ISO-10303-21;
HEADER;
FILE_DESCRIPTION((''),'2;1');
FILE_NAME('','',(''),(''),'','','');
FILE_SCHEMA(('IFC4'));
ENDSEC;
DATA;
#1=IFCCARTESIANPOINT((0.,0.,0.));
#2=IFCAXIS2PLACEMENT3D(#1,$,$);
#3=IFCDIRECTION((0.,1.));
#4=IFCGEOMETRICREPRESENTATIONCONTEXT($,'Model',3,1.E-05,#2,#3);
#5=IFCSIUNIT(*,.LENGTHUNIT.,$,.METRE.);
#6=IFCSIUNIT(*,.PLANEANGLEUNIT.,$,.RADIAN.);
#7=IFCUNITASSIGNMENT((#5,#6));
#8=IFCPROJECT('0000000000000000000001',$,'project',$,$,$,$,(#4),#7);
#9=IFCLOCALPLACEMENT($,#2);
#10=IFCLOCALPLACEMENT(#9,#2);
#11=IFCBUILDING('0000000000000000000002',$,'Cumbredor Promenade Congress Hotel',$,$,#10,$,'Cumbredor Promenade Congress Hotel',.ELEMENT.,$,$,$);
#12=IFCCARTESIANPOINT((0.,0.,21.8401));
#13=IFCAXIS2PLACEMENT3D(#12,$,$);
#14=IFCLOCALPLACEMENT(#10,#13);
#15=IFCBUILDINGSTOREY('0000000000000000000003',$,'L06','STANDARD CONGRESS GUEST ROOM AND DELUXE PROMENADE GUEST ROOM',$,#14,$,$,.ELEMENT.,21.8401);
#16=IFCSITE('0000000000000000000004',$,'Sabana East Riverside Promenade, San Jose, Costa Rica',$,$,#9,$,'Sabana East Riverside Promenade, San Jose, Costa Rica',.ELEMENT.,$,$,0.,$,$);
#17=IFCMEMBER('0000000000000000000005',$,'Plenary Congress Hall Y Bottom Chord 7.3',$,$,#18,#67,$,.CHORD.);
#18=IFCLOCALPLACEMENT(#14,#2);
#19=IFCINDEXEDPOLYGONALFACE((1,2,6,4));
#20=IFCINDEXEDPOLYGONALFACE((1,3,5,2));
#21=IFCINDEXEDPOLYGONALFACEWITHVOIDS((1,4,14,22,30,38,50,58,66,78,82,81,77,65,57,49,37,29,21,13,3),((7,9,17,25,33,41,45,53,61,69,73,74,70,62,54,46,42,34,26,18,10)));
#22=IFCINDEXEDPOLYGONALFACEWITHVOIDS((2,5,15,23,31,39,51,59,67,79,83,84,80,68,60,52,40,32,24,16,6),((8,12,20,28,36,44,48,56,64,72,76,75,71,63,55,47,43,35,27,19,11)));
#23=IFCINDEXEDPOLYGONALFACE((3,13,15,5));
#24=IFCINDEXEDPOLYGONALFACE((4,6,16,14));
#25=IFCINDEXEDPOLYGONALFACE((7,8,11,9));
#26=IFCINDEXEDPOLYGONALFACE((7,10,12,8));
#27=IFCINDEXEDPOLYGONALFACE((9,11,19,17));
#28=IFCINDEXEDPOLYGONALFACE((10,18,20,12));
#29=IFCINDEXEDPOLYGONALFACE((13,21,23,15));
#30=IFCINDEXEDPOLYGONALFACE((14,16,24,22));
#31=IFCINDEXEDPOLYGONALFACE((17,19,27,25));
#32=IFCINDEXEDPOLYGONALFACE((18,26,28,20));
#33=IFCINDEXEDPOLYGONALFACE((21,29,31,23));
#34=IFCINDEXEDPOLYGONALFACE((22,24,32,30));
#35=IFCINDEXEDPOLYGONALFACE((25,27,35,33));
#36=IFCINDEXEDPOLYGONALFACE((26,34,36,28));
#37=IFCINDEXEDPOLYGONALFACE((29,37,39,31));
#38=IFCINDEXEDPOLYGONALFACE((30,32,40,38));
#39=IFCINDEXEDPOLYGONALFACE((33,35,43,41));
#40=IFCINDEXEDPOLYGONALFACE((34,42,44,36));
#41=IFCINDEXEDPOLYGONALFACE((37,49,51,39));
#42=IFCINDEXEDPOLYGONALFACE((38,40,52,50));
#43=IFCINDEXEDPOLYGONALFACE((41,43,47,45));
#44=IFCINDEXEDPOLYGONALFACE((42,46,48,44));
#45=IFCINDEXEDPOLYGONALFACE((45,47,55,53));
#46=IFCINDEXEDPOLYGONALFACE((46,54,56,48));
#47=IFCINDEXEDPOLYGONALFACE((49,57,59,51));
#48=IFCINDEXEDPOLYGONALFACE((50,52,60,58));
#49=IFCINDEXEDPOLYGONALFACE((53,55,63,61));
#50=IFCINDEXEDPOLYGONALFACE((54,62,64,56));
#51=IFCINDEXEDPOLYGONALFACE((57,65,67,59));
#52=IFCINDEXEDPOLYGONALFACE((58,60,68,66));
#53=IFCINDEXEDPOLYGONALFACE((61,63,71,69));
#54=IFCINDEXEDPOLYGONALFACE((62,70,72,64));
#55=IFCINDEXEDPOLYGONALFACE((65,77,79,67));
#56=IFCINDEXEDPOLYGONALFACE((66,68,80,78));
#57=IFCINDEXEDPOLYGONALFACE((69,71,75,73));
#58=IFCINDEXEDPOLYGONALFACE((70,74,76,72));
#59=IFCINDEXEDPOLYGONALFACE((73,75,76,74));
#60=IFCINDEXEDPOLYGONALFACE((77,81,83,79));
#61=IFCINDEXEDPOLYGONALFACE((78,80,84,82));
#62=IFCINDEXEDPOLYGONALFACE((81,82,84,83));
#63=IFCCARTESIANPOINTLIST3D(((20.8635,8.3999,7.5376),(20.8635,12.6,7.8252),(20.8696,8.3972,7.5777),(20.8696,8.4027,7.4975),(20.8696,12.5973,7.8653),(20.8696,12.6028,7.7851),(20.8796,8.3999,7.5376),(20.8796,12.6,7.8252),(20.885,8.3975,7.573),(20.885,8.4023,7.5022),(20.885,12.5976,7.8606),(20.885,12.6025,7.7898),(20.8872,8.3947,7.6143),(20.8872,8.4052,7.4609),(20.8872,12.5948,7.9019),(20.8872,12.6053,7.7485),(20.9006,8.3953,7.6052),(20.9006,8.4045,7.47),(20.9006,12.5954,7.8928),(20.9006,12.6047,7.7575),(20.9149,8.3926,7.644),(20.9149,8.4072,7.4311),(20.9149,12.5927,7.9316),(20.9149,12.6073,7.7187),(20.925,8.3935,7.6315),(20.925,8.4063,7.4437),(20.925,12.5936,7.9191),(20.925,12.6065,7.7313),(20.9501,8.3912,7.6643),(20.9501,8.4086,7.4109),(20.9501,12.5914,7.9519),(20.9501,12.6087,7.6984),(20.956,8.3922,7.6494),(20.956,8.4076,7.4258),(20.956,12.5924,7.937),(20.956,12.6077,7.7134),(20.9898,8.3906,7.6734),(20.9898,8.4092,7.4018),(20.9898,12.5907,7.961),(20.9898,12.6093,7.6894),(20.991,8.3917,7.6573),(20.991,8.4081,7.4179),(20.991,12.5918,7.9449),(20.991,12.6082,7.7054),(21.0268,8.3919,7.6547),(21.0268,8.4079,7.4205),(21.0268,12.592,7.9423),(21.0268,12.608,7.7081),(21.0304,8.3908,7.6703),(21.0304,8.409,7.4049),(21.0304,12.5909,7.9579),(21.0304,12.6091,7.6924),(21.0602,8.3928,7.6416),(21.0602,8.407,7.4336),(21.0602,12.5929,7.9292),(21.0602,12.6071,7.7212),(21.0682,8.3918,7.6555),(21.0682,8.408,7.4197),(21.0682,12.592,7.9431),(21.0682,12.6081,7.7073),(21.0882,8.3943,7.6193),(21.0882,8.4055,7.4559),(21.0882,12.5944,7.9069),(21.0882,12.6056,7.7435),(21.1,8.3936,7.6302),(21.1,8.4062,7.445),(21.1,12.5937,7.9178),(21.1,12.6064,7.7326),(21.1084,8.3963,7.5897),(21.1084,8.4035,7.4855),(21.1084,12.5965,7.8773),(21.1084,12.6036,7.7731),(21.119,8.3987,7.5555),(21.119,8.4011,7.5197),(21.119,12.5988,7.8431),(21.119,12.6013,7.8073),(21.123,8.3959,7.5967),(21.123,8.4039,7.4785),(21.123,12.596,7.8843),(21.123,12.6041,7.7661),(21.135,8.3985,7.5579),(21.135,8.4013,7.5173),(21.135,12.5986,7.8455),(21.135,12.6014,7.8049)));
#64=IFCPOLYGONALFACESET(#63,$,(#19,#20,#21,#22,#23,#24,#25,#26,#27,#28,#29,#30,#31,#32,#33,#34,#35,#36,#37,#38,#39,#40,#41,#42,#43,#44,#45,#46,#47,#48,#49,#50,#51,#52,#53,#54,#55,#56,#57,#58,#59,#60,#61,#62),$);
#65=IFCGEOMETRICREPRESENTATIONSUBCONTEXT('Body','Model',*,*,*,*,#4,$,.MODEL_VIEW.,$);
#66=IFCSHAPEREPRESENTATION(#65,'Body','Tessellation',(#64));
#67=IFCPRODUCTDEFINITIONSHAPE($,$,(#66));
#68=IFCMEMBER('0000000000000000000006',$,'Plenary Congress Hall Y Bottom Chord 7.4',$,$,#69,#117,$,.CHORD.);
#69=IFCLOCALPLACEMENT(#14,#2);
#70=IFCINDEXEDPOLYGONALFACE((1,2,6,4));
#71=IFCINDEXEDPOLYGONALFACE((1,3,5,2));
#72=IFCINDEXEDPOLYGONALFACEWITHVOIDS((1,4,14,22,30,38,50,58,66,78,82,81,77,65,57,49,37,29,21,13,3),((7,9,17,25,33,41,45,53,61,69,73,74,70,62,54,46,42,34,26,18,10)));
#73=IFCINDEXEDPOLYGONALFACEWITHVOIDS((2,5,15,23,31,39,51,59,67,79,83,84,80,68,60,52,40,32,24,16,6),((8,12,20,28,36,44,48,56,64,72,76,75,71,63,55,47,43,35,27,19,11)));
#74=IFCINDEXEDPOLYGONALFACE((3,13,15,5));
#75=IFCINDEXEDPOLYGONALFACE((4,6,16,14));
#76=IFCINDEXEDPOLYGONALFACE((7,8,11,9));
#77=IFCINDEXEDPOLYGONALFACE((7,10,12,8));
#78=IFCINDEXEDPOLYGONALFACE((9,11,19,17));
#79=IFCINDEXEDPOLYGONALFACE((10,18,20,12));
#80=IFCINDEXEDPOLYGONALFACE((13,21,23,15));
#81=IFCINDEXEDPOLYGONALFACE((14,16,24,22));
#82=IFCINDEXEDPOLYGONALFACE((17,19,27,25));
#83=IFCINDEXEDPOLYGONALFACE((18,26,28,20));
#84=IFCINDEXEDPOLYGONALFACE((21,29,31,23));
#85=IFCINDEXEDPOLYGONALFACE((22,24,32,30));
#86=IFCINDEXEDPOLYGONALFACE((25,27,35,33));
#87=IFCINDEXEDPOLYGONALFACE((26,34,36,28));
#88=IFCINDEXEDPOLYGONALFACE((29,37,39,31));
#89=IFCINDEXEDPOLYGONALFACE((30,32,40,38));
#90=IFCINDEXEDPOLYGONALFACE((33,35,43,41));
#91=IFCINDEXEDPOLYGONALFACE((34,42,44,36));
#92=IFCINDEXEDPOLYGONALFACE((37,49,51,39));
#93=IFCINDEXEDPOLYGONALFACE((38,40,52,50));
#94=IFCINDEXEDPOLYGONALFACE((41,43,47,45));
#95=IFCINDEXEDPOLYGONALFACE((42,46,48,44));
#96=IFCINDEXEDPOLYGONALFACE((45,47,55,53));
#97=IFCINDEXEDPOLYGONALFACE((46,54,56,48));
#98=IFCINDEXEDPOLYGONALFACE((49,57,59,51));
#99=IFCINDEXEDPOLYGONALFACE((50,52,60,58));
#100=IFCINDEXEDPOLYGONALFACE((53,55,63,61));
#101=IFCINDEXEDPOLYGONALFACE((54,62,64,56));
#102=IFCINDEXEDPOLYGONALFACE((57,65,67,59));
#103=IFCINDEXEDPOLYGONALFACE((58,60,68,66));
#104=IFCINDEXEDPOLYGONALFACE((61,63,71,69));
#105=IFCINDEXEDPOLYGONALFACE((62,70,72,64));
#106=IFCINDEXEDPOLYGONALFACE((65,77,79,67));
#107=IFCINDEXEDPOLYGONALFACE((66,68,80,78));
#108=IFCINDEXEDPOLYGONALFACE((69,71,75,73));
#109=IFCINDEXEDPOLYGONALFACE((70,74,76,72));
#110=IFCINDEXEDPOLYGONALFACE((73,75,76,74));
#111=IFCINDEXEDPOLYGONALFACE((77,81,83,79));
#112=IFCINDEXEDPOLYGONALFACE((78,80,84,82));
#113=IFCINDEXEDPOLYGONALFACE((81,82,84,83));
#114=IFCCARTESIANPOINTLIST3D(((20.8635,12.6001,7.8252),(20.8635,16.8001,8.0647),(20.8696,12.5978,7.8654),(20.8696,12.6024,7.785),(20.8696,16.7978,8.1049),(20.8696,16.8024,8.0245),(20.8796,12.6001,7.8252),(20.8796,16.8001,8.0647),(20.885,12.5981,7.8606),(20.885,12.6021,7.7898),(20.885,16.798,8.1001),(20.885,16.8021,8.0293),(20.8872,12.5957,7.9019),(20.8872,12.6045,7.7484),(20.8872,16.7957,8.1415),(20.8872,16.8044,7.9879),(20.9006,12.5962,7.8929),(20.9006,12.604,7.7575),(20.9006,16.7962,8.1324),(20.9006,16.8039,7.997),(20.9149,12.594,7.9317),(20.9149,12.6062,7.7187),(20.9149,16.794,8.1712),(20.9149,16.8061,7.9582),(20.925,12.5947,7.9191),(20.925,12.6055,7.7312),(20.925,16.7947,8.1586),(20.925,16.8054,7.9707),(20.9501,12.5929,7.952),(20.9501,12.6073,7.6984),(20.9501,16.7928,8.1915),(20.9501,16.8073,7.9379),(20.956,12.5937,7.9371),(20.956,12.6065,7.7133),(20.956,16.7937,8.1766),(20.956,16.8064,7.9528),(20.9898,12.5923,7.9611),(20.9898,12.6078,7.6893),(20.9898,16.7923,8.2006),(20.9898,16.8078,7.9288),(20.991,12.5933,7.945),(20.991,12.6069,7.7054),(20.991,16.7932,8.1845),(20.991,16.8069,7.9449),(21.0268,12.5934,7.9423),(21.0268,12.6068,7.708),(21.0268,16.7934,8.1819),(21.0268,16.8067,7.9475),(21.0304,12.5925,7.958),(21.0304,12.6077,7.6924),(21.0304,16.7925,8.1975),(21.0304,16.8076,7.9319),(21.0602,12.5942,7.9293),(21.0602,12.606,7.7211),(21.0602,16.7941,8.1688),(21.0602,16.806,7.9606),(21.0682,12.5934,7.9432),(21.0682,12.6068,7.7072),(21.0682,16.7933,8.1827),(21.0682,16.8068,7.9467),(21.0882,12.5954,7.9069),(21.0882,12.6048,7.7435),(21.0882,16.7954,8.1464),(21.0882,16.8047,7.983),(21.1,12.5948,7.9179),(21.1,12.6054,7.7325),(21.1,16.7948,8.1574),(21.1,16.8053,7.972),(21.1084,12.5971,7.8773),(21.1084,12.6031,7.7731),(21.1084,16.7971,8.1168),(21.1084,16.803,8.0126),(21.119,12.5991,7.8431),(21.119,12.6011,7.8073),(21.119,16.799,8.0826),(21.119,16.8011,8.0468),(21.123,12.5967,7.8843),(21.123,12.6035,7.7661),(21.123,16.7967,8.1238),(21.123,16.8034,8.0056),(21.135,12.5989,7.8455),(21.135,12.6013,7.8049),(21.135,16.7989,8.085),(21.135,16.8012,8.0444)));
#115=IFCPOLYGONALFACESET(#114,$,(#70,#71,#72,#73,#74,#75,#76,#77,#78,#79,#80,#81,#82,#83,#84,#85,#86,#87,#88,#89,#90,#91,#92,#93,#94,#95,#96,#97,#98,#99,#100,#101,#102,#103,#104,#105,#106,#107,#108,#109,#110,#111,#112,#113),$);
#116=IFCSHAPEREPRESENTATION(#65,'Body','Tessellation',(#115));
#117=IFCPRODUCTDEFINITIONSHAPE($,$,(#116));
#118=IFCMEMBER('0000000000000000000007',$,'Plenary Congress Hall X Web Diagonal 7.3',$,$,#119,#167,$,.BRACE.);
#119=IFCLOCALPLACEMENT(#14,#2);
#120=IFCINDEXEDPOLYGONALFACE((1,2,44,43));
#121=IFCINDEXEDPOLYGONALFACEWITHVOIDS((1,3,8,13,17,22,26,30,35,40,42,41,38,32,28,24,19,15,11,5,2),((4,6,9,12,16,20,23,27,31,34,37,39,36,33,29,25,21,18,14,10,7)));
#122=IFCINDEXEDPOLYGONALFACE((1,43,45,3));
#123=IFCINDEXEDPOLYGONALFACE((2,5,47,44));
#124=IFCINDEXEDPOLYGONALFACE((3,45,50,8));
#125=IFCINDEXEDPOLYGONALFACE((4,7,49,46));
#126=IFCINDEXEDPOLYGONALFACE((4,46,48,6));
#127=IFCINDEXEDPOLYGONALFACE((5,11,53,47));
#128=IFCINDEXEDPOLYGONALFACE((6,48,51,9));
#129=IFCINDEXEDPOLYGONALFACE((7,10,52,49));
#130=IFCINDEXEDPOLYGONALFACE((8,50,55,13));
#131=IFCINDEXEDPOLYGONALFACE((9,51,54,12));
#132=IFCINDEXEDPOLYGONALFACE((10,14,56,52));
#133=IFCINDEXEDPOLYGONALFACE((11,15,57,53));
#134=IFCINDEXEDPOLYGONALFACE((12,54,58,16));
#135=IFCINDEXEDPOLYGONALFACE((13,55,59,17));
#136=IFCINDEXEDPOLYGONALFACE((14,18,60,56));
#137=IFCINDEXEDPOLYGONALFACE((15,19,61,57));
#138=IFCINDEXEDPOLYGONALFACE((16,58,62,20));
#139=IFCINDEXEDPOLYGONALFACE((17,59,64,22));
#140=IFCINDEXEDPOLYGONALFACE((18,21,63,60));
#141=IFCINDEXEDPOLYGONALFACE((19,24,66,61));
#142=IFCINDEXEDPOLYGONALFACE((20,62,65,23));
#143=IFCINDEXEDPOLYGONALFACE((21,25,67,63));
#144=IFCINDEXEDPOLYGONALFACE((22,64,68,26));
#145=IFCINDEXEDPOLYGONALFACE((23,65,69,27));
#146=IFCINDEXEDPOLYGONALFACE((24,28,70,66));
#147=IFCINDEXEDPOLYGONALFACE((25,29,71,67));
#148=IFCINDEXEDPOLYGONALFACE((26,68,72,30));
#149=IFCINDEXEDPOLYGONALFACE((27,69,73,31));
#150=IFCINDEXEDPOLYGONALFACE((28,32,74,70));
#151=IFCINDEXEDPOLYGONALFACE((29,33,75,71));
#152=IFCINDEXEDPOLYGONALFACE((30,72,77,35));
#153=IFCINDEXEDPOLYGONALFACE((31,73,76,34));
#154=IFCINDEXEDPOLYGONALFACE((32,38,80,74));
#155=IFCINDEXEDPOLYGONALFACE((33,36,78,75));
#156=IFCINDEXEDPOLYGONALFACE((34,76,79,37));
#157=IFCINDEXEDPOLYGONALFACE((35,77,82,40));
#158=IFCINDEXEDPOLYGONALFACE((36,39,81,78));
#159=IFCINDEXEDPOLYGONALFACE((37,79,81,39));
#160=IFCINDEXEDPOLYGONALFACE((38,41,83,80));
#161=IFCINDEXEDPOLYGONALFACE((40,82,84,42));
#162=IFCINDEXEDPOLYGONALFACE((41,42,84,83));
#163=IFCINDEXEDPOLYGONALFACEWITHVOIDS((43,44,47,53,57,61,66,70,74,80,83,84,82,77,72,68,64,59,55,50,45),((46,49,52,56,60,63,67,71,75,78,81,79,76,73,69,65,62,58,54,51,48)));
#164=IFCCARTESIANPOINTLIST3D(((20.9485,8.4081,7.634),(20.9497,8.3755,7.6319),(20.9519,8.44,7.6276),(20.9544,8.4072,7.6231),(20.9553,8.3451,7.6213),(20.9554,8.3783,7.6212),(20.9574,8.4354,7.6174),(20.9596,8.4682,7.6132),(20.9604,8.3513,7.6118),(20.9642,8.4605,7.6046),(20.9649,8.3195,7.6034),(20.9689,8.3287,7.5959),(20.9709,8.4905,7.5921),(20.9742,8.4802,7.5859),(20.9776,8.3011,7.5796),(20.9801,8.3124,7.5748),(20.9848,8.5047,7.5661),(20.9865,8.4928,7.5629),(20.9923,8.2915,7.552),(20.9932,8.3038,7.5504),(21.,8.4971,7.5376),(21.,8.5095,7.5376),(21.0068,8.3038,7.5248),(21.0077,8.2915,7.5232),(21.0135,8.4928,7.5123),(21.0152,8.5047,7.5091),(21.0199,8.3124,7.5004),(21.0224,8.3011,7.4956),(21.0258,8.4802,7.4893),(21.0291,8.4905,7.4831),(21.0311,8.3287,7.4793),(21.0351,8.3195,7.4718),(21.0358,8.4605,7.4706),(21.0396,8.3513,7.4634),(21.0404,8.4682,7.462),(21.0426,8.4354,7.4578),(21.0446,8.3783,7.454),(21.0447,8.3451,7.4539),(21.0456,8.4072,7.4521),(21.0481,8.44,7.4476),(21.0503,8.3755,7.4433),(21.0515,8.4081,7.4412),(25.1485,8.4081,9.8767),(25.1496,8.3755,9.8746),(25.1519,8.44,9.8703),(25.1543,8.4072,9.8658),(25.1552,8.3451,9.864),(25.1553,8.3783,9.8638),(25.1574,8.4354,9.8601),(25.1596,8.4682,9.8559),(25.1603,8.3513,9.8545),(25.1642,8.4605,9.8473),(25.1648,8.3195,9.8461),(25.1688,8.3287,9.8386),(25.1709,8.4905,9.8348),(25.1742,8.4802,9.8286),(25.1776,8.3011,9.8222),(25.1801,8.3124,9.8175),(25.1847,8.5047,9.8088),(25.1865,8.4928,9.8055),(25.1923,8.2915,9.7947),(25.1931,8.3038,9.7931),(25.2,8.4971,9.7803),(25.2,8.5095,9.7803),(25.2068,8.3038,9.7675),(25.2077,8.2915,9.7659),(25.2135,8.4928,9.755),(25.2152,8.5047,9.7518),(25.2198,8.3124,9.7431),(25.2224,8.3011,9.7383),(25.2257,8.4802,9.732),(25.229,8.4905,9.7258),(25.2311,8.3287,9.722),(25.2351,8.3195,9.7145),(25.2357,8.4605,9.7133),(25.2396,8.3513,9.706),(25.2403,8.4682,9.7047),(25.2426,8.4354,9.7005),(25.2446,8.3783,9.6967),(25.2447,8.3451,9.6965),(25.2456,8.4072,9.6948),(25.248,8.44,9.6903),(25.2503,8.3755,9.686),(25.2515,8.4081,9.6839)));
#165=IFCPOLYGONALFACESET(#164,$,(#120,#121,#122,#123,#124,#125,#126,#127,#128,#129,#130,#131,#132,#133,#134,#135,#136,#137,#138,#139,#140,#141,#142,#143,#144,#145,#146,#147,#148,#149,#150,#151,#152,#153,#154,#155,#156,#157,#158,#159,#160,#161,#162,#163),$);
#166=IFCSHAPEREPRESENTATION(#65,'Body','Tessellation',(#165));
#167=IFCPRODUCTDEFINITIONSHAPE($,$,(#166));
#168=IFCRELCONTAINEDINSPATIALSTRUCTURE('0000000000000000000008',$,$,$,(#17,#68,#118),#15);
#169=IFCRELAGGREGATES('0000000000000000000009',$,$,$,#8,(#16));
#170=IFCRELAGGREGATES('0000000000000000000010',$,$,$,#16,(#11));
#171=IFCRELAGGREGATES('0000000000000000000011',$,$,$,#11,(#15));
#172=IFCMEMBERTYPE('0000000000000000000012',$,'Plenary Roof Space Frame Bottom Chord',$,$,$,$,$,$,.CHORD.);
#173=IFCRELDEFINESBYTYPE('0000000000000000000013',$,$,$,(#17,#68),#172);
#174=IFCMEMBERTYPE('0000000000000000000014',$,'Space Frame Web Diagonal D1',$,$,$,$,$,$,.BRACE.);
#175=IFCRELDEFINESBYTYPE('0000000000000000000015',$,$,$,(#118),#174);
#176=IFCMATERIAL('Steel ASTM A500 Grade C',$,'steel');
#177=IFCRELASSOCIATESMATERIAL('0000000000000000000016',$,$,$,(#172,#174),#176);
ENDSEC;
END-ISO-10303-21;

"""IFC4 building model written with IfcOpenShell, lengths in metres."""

from ifc_helpers import new_model, si_unit, direction, frame, origin, origin_2d, place, context, subcontext, project, spatial, hollow_circle, extrude, material, material_profile, profile_set, type_object, element, save


model = new_model("IFC4")

# Units and contexts
model_context = context("Model", 3, precision=1e-05, world=origin(), true_north=direction((0.0, 1.0)))
body_context = subcontext(model_context, "Body", "Model", "MODEL_VIEW")
ifc_project = project(units=[si_unit("LENGTHUNIT", "METRE"), si_unit("PLANEANGLEUNIT", "RADIAN")], contexts=[model_context])

# Site, building, storey
site_placement = place(None, origin())
site = spatial("IfcSite", under=ifc_project, at=site_placement, Name="Sabana East Riverside Promenade, San Jose, Costa Rica", LongName="Sabana East Riverside Promenade, San Jose, Costa Rica", CompositionType="ELEMENT", RefElevation=0.0)
building_placement = place(site_placement, origin())
building = spatial("IfcBuilding", under=site, at=building_placement, Name="Cumbredor Promenade Congress Hotel", LongName="Cumbredor Promenade Congress Hotel", CompositionType="ELEMENT")
storey_placement = place(building_placement, frame((0.0, 0.0, 21.8401)))
storey = spatial("IfcBuildingStorey", under=building, at=storey_placement, Name="L06", Description="STANDARD CONGRESS GUEST ROOM AND DELUXE PROMENADE GUEST ROOM", CompositionType="ELEMENT", Elevation=21.8401)

# Members
ifc_material_1 = material(Name="Steel ASTM A500 Grade C", Category="steel")
ifc_material_profile_1 = material_profile(ifc_material_1, hollow_circle(Radius=0.1365, WallThickness=0.0161, at=origin_2d()), Name="CHS 273.0x16")
ifc_profile_set_1 = profile_set([ifc_material_profile_1], Name="Steel ASTM A500 Grade C")
member_type_1 = type_object("IfcMemberType", Name="Plenary Roof Space Frame Bottom Chord", PredefinedType="CHORD", material=ifc_profile_set_1)
member_1_placement = place(storey_placement, frame((21.0, 8.3999, 7.5376), z_axis=(0.0, 0.997664, 0.068312), x_axis=(-1.0, 0.0, 0.0)))
element("IfcMember", 1, at=member_1_placement, inside=storey, type_object=member_type_1, Name="Plenary Congress Hall Y Bottom Chord 7.3", PredefinedType="CHORD", context=body_context, shape_type="SweptSolid", body=[
    extrude(hollow_circle(Radius=0.1365, WallThickness=0.0161, at=origin_2d()), origin(), (0.0, 0.0, 1.0), 4.21),
])
member_2_placement = place(storey_placement, frame((21.0, 12.6001, 7.8252), z_axis=(0.0, 0.998378, 0.056932), x_axis=(-1.0, 0.0, 0.0)))
element("IfcMember", 2, at=member_2_placement, inside=storey, type_object=member_type_1, Name="Plenary Congress Hall Y Bottom Chord 7.4", PredefinedType="CHORD", context=body_context, shape_type="SweptSolid", body=[
    extrude(hollow_circle(Radius=0.1365, WallThickness=0.0161, at=origin_2d()), origin(), (0.0, 0.0, 1.0), 4.2068),
])
ifc_material_profile_2 = material_profile(ifc_material_1, hollow_circle(Radius=0.1096, WallThickness=0.0125, at=origin_2d()), Name="CHS 219.1x12.5")
ifc_profile_set_2 = profile_set([ifc_material_profile_2], Name="Steel ASTM A500 Grade C")
member_type_2 = type_object("IfcMemberType", Name="Space Frame Web Diagonal D1", PredefinedType="BRACE", material=ifc_profile_set_2)
member_3_placement = place(storey_placement, frame((21.0, 8.3999, 7.5376), z_axis=(0.882117, 0.0, 0.47103), x_axis=(0.0, 1.0, 0.0)))
element("IfcMember", 3, at=member_3_placement, inside=storey, type_object=member_type_2, Name="Plenary Congress Hall X Web Diagonal 7.3", PredefinedType="BRACE", context=body_context, shape_type="SweptSolid", body=[
    extrude(hollow_circle(Radius=0.1096, WallThickness=0.0125, at=origin_2d()), origin(), (0.0, 0.0, 1.0), 4.7612),
])

save(model, "model.ifc")
